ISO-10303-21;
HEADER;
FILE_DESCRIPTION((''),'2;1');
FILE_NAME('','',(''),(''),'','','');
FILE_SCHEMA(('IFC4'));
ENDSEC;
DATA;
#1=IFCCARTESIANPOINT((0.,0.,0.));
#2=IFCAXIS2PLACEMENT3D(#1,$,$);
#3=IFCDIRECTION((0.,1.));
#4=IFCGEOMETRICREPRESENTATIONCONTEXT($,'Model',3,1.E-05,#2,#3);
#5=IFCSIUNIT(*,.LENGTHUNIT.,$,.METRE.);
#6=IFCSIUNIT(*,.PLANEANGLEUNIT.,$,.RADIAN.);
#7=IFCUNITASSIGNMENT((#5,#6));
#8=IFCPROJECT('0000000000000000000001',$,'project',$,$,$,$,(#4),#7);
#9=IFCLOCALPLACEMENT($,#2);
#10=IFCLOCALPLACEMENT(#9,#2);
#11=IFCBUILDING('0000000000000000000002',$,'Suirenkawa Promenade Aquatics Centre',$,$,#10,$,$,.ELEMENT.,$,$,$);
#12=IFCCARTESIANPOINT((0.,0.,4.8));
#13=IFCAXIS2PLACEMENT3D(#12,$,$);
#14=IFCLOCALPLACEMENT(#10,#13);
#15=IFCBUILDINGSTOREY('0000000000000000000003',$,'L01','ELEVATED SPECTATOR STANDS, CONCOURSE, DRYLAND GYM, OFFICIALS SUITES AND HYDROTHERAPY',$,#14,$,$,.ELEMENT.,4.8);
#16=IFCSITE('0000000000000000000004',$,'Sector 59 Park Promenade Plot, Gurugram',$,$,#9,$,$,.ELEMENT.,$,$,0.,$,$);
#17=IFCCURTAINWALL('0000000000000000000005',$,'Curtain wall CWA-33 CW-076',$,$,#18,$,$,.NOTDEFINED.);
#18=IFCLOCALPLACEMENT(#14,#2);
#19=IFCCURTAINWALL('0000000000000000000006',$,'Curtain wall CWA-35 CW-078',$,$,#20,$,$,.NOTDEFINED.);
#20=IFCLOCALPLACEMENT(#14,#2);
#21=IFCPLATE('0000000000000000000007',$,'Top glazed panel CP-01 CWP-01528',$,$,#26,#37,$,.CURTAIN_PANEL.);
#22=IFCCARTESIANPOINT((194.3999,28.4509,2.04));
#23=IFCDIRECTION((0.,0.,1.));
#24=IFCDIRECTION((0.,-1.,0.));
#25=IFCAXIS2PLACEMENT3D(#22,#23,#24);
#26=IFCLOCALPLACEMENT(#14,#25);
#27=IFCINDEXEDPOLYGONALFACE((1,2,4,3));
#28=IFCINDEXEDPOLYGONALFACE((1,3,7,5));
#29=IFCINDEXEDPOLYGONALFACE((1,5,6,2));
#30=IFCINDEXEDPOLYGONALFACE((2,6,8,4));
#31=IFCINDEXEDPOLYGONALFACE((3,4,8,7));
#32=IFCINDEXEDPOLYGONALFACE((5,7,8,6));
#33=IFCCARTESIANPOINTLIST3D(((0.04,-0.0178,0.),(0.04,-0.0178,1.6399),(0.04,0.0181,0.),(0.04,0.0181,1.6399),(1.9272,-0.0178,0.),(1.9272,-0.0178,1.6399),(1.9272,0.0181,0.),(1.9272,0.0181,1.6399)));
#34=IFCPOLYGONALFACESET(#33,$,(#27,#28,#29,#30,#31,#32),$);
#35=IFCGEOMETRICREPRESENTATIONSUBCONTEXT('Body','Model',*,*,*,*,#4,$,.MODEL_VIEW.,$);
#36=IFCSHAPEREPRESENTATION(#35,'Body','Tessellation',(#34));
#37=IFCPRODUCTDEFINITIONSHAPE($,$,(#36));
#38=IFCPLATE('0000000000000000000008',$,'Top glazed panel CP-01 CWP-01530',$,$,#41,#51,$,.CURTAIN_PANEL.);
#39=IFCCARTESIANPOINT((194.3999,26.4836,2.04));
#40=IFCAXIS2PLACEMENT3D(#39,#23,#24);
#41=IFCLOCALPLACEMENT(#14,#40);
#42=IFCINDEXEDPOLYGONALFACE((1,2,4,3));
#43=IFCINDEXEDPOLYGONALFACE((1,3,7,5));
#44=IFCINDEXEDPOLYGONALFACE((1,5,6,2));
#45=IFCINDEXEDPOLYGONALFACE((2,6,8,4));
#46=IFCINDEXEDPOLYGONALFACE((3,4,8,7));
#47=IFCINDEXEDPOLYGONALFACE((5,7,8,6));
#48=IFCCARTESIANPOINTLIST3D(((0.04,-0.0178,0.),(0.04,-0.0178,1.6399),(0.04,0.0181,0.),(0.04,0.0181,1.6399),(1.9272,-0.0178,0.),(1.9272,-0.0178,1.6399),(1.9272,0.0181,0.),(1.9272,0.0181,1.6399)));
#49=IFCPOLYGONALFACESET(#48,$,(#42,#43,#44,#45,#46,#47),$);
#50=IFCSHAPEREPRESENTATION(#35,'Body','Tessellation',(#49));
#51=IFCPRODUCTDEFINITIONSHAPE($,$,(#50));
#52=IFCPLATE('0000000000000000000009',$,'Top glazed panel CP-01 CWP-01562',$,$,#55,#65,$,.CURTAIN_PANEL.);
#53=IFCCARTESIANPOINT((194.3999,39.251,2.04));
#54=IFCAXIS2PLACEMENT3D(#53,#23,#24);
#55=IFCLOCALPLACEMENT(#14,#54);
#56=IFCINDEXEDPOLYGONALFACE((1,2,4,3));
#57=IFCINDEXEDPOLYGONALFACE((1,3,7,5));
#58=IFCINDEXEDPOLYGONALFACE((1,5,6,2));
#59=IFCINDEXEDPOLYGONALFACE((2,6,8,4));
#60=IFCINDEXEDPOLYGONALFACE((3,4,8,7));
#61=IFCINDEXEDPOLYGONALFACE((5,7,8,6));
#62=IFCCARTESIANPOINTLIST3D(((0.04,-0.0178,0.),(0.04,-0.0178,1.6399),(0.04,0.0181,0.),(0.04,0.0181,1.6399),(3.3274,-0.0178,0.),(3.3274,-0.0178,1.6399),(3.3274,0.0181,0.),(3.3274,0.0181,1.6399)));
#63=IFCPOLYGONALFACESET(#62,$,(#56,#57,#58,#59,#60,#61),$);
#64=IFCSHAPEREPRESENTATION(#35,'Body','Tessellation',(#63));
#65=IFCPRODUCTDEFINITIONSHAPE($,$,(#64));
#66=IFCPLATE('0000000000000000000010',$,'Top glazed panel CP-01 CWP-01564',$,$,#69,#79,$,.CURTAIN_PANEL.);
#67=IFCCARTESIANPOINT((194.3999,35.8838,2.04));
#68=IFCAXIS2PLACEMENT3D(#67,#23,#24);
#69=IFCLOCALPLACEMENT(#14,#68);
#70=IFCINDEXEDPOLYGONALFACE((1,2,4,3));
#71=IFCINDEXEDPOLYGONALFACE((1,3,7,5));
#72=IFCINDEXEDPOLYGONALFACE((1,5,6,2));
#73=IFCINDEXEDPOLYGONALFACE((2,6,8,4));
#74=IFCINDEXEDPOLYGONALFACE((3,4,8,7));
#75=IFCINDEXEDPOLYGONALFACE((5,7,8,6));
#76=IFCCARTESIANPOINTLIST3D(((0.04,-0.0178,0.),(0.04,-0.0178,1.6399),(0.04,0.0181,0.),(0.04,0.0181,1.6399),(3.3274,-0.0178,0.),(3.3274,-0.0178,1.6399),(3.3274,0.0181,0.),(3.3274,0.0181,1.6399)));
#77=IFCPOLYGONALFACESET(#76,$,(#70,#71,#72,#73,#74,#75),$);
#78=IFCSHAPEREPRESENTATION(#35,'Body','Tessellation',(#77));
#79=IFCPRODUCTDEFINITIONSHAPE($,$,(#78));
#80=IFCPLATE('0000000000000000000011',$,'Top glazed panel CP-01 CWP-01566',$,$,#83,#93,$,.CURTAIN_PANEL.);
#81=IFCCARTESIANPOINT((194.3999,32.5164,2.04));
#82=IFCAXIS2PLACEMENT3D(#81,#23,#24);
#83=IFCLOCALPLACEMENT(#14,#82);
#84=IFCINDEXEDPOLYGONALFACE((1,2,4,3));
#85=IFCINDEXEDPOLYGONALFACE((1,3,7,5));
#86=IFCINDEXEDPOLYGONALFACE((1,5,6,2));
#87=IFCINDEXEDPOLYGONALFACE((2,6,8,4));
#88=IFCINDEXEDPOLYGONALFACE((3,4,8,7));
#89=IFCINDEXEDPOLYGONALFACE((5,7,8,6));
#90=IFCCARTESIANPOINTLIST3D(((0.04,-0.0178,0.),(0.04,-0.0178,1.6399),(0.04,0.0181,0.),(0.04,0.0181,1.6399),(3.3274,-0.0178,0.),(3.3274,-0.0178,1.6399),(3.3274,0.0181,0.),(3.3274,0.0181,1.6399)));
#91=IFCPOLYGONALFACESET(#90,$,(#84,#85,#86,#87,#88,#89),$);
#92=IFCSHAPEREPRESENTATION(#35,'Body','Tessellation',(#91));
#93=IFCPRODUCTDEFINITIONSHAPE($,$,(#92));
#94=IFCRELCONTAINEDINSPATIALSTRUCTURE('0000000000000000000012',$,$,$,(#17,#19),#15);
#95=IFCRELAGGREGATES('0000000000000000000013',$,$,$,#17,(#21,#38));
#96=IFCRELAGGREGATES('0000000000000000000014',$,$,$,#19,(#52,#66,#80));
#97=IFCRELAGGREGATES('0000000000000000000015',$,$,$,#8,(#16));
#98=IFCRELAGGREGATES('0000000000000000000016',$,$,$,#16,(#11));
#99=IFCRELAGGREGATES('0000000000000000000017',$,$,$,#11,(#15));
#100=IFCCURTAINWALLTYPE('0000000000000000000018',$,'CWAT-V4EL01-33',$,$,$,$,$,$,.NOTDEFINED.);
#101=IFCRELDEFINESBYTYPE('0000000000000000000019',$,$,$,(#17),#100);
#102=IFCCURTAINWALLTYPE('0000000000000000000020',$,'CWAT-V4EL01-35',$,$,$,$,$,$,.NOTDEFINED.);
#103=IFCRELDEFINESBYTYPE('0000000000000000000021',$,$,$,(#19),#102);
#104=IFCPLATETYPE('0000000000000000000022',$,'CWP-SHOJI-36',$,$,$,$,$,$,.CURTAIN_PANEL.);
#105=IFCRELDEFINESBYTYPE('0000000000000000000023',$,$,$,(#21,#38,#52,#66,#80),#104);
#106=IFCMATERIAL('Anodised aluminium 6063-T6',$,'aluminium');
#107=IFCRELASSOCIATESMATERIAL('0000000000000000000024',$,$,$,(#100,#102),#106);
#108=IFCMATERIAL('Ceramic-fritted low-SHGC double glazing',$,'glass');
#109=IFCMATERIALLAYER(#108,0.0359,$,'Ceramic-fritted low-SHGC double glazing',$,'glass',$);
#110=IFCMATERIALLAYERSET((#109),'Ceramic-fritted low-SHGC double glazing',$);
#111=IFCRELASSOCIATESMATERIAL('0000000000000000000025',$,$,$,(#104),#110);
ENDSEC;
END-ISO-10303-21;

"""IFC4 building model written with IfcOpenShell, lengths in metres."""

from ifc_helpers import new_model, si_unit, direction, frame, origin, place, context, subcontext, project, spatial, polyline, outline, extrude, material, layer, layer_set, type_object, element, aggregate, save


model = new_model("IFC4")

# Units and contexts
model_context = context("Model", 3, precision=1e-05, world=origin(), true_north=direction((0.0, 1.0)))
body_context = subcontext(model_context, "Body", "Model", "MODEL_VIEW")
ifc_project = project(units=[si_unit("LENGTHUNIT", "METRE"), si_unit("PLANEANGLEUNIT", "RADIAN")], contexts=[model_context])

# Site, building, storey
site_placement = place(None, origin())
site = spatial("IfcSite", under=ifc_project, at=site_placement, Name="Sector 59 Park Promenade Plot, Gurugram", CompositionType="ELEMENT", RefElevation=0.0)
building_placement = place(site_placement, origin())
building = spatial("IfcBuilding", under=site, at=building_placement, Name="Suirenkawa Promenade Aquatics Centre", CompositionType="ELEMENT")
storey_placement = place(building_placement, frame((0.0, 0.0, 4.8)))
storey = spatial("IfcBuildingStorey", under=building, at=storey_placement, Name="L01", Description="ELEVATED SPECTATOR STANDS, CONCOURSE, DRYLAND GYM, OFFICIALS SUITES AND HYDROTHERAPY", CompositionType="ELEMENT", Elevation=4.8)

# Curtain wall
ifc_material_1 = material(Name="Anodised aluminium 6063-T6", Category="aluminium")
curtain_wall_type_1 = type_object("IfcCurtainWallType", Name="CWAT-V4EL01-33", PredefinedType="NOTDEFINED", material=ifc_material_1)
curtain_wall_1_placement = place(storey_placement, origin())
curtain_wall_1 = element("IfcCurtainWall", 1, at=curtain_wall_1_placement, inside=storey, type_object=curtain_wall_type_1, Name="Curtain wall CWA-33 CW-076", PredefinedType="NOTDEFINED")

# Curtain wall
curtain_wall_type_2 = type_object("IfcCurtainWallType", Name="CWAT-V4EL01-35", PredefinedType="NOTDEFINED", material=ifc_material_1)
curtain_wall_2_placement = place(storey_placement, origin())
curtain_wall_2 = element("IfcCurtainWall", 2, at=curtain_wall_2_placement, inside=storey, type_object=curtain_wall_type_2, Name="Curtain wall CWA-35 CW-078", PredefinedType="NOTDEFINED")

# Plates
ifc_material_2 = material(Name="Ceramic-fritted low-SHGC double glazing", Category="glass")
ifc_layer = layer(ifc_material_2, 0.0359, Name="Ceramic-fritted low-SHGC double glazing", Category="glass")
ifc_layer_set = layer_set([ifc_layer], Name="Ceramic-fritted low-SHGC double glazing")
plate_type = type_object("IfcPlateType", Name="CWP-SHOJI-36", PredefinedType="CURTAIN_PANEL", material=ifc_layer_set)
plate_1_placement = place(storey_placement, frame((194.3999, 28.4509, 2.04), z_axis=(0.0, 0.0, 1.0), x_axis=(0.0, -1.0, 0.0)))
plate_1 = element("IfcPlate", 3, at=plate_1_placement, type_object=plate_type, Name="Top glazed panel CP-01 CWP-01528", PredefinedType="CURTAIN_PANEL", context=body_context, shape_type="SweptSolid", body=[
    extrude(outline(polyline([(0.04, 0.0), (1.9272, 0.0), (1.9272, 1.6399), (0.04, 1.6399), (0.04, 0.0)])), frame((0.0, 0.0181, 0.0), z_axis=(0.0, -1.0, 0.0), x_axis=(1.0, 0.0, 0.0)), (0.0, 0.0, 1.0), 0.0359),
])
plate_2_placement = place(storey_placement, frame((194.3999, 26.4836, 2.04), z_axis=(0.0, 0.0, 1.0), x_axis=(0.0, -1.0, 0.0)))
plate_2 = element("IfcPlate", 4, at=plate_2_placement, type_object=plate_type, Name="Top glazed panel CP-01 CWP-01530", PredefinedType="CURTAIN_PANEL", context=body_context, shape_type="SweptSolid", body=[
    extrude(outline(polyline([(0.04, 0.0), (1.9272, 0.0), (1.9272, 1.6399), (0.04, 1.6399), (0.04, 0.0)])), frame((0.0, 0.0181, 0.0), z_axis=(0.0, -1.0, 0.0), x_axis=(1.0, 0.0, 0.0)), (0.0, 0.0, 1.0), 0.0359),
])
aggregate(curtain_wall_1, [plate_1, plate_2])
plate_3_placement = place(storey_placement, frame((194.3999, 39.251, 2.04), z_axis=(0.0, 0.0, 1.0), x_axis=(0.0, -1.0, 0.0)))
plate_3 = element("IfcPlate", 5, at=plate_3_placement, type_object=plate_type, Name="Top glazed panel CP-01 CWP-01562", PredefinedType="CURTAIN_PANEL", context=body_context, shape_type="SweptSolid", body=[
    extrude(outline(polyline([(0.04, 0.0), (3.3274, 0.0), (3.3274, 1.6399), (0.04, 1.6399), (0.04, 0.0)])), frame((0.0, 0.0181, 0.0), z_axis=(0.0, -1.0, 0.0), x_axis=(1.0, 0.0, 0.0)), (0.0, 0.0, 1.0), 0.0359),
])
plate_4_placement = place(storey_placement, frame((194.3999, 35.8838, 2.04), z_axis=(0.0, 0.0, 1.0), x_axis=(0.0, -1.0, 0.0)))
plate_4 = element("IfcPlate", 6, at=plate_4_placement, type_object=plate_type, Name="Top glazed panel CP-01 CWP-01564", PredefinedType="CURTAIN_PANEL", context=body_context, shape_type="SweptSolid", body=[
    extrude(outline(polyline([(0.04, 0.0), (3.3274, 0.0), (3.3274, 1.6399), (0.04, 1.6399), (0.04, 0.0)])), frame((0.0, 0.0181, 0.0), z_axis=(0.0, -1.0, 0.0), x_axis=(1.0, 0.0, 0.0)), (0.0, 0.0, 1.0), 0.0359),
])
plate_5_placement = place(storey_placement, frame((194.3999, 32.5164, 2.04), z_axis=(0.0, 0.0, 1.0), x_axis=(0.0, -1.0, 0.0)))
plate_5 = element("IfcPlate", 7, at=plate_5_placement, type_object=plate_type, Name="Top glazed panel CP-01 CWP-01566", PredefinedType="CURTAIN_PANEL", context=body_context, shape_type="SweptSolid", body=[
    extrude(outline(polyline([(0.04, 0.0), (3.3274, 0.0), (3.3274, 1.6399), (0.04, 1.6399), (0.04, 0.0)])), frame((0.0, 0.0181, 0.0), z_axis=(0.0, -1.0, 0.0), x_axis=(1.0, 0.0, 0.0)), (0.0, 0.0, 1.0), 0.0359),
])
aggregate(curtain_wall_2, [plate_3, plate_4, plate_5])

save(model, "model.ifc")
